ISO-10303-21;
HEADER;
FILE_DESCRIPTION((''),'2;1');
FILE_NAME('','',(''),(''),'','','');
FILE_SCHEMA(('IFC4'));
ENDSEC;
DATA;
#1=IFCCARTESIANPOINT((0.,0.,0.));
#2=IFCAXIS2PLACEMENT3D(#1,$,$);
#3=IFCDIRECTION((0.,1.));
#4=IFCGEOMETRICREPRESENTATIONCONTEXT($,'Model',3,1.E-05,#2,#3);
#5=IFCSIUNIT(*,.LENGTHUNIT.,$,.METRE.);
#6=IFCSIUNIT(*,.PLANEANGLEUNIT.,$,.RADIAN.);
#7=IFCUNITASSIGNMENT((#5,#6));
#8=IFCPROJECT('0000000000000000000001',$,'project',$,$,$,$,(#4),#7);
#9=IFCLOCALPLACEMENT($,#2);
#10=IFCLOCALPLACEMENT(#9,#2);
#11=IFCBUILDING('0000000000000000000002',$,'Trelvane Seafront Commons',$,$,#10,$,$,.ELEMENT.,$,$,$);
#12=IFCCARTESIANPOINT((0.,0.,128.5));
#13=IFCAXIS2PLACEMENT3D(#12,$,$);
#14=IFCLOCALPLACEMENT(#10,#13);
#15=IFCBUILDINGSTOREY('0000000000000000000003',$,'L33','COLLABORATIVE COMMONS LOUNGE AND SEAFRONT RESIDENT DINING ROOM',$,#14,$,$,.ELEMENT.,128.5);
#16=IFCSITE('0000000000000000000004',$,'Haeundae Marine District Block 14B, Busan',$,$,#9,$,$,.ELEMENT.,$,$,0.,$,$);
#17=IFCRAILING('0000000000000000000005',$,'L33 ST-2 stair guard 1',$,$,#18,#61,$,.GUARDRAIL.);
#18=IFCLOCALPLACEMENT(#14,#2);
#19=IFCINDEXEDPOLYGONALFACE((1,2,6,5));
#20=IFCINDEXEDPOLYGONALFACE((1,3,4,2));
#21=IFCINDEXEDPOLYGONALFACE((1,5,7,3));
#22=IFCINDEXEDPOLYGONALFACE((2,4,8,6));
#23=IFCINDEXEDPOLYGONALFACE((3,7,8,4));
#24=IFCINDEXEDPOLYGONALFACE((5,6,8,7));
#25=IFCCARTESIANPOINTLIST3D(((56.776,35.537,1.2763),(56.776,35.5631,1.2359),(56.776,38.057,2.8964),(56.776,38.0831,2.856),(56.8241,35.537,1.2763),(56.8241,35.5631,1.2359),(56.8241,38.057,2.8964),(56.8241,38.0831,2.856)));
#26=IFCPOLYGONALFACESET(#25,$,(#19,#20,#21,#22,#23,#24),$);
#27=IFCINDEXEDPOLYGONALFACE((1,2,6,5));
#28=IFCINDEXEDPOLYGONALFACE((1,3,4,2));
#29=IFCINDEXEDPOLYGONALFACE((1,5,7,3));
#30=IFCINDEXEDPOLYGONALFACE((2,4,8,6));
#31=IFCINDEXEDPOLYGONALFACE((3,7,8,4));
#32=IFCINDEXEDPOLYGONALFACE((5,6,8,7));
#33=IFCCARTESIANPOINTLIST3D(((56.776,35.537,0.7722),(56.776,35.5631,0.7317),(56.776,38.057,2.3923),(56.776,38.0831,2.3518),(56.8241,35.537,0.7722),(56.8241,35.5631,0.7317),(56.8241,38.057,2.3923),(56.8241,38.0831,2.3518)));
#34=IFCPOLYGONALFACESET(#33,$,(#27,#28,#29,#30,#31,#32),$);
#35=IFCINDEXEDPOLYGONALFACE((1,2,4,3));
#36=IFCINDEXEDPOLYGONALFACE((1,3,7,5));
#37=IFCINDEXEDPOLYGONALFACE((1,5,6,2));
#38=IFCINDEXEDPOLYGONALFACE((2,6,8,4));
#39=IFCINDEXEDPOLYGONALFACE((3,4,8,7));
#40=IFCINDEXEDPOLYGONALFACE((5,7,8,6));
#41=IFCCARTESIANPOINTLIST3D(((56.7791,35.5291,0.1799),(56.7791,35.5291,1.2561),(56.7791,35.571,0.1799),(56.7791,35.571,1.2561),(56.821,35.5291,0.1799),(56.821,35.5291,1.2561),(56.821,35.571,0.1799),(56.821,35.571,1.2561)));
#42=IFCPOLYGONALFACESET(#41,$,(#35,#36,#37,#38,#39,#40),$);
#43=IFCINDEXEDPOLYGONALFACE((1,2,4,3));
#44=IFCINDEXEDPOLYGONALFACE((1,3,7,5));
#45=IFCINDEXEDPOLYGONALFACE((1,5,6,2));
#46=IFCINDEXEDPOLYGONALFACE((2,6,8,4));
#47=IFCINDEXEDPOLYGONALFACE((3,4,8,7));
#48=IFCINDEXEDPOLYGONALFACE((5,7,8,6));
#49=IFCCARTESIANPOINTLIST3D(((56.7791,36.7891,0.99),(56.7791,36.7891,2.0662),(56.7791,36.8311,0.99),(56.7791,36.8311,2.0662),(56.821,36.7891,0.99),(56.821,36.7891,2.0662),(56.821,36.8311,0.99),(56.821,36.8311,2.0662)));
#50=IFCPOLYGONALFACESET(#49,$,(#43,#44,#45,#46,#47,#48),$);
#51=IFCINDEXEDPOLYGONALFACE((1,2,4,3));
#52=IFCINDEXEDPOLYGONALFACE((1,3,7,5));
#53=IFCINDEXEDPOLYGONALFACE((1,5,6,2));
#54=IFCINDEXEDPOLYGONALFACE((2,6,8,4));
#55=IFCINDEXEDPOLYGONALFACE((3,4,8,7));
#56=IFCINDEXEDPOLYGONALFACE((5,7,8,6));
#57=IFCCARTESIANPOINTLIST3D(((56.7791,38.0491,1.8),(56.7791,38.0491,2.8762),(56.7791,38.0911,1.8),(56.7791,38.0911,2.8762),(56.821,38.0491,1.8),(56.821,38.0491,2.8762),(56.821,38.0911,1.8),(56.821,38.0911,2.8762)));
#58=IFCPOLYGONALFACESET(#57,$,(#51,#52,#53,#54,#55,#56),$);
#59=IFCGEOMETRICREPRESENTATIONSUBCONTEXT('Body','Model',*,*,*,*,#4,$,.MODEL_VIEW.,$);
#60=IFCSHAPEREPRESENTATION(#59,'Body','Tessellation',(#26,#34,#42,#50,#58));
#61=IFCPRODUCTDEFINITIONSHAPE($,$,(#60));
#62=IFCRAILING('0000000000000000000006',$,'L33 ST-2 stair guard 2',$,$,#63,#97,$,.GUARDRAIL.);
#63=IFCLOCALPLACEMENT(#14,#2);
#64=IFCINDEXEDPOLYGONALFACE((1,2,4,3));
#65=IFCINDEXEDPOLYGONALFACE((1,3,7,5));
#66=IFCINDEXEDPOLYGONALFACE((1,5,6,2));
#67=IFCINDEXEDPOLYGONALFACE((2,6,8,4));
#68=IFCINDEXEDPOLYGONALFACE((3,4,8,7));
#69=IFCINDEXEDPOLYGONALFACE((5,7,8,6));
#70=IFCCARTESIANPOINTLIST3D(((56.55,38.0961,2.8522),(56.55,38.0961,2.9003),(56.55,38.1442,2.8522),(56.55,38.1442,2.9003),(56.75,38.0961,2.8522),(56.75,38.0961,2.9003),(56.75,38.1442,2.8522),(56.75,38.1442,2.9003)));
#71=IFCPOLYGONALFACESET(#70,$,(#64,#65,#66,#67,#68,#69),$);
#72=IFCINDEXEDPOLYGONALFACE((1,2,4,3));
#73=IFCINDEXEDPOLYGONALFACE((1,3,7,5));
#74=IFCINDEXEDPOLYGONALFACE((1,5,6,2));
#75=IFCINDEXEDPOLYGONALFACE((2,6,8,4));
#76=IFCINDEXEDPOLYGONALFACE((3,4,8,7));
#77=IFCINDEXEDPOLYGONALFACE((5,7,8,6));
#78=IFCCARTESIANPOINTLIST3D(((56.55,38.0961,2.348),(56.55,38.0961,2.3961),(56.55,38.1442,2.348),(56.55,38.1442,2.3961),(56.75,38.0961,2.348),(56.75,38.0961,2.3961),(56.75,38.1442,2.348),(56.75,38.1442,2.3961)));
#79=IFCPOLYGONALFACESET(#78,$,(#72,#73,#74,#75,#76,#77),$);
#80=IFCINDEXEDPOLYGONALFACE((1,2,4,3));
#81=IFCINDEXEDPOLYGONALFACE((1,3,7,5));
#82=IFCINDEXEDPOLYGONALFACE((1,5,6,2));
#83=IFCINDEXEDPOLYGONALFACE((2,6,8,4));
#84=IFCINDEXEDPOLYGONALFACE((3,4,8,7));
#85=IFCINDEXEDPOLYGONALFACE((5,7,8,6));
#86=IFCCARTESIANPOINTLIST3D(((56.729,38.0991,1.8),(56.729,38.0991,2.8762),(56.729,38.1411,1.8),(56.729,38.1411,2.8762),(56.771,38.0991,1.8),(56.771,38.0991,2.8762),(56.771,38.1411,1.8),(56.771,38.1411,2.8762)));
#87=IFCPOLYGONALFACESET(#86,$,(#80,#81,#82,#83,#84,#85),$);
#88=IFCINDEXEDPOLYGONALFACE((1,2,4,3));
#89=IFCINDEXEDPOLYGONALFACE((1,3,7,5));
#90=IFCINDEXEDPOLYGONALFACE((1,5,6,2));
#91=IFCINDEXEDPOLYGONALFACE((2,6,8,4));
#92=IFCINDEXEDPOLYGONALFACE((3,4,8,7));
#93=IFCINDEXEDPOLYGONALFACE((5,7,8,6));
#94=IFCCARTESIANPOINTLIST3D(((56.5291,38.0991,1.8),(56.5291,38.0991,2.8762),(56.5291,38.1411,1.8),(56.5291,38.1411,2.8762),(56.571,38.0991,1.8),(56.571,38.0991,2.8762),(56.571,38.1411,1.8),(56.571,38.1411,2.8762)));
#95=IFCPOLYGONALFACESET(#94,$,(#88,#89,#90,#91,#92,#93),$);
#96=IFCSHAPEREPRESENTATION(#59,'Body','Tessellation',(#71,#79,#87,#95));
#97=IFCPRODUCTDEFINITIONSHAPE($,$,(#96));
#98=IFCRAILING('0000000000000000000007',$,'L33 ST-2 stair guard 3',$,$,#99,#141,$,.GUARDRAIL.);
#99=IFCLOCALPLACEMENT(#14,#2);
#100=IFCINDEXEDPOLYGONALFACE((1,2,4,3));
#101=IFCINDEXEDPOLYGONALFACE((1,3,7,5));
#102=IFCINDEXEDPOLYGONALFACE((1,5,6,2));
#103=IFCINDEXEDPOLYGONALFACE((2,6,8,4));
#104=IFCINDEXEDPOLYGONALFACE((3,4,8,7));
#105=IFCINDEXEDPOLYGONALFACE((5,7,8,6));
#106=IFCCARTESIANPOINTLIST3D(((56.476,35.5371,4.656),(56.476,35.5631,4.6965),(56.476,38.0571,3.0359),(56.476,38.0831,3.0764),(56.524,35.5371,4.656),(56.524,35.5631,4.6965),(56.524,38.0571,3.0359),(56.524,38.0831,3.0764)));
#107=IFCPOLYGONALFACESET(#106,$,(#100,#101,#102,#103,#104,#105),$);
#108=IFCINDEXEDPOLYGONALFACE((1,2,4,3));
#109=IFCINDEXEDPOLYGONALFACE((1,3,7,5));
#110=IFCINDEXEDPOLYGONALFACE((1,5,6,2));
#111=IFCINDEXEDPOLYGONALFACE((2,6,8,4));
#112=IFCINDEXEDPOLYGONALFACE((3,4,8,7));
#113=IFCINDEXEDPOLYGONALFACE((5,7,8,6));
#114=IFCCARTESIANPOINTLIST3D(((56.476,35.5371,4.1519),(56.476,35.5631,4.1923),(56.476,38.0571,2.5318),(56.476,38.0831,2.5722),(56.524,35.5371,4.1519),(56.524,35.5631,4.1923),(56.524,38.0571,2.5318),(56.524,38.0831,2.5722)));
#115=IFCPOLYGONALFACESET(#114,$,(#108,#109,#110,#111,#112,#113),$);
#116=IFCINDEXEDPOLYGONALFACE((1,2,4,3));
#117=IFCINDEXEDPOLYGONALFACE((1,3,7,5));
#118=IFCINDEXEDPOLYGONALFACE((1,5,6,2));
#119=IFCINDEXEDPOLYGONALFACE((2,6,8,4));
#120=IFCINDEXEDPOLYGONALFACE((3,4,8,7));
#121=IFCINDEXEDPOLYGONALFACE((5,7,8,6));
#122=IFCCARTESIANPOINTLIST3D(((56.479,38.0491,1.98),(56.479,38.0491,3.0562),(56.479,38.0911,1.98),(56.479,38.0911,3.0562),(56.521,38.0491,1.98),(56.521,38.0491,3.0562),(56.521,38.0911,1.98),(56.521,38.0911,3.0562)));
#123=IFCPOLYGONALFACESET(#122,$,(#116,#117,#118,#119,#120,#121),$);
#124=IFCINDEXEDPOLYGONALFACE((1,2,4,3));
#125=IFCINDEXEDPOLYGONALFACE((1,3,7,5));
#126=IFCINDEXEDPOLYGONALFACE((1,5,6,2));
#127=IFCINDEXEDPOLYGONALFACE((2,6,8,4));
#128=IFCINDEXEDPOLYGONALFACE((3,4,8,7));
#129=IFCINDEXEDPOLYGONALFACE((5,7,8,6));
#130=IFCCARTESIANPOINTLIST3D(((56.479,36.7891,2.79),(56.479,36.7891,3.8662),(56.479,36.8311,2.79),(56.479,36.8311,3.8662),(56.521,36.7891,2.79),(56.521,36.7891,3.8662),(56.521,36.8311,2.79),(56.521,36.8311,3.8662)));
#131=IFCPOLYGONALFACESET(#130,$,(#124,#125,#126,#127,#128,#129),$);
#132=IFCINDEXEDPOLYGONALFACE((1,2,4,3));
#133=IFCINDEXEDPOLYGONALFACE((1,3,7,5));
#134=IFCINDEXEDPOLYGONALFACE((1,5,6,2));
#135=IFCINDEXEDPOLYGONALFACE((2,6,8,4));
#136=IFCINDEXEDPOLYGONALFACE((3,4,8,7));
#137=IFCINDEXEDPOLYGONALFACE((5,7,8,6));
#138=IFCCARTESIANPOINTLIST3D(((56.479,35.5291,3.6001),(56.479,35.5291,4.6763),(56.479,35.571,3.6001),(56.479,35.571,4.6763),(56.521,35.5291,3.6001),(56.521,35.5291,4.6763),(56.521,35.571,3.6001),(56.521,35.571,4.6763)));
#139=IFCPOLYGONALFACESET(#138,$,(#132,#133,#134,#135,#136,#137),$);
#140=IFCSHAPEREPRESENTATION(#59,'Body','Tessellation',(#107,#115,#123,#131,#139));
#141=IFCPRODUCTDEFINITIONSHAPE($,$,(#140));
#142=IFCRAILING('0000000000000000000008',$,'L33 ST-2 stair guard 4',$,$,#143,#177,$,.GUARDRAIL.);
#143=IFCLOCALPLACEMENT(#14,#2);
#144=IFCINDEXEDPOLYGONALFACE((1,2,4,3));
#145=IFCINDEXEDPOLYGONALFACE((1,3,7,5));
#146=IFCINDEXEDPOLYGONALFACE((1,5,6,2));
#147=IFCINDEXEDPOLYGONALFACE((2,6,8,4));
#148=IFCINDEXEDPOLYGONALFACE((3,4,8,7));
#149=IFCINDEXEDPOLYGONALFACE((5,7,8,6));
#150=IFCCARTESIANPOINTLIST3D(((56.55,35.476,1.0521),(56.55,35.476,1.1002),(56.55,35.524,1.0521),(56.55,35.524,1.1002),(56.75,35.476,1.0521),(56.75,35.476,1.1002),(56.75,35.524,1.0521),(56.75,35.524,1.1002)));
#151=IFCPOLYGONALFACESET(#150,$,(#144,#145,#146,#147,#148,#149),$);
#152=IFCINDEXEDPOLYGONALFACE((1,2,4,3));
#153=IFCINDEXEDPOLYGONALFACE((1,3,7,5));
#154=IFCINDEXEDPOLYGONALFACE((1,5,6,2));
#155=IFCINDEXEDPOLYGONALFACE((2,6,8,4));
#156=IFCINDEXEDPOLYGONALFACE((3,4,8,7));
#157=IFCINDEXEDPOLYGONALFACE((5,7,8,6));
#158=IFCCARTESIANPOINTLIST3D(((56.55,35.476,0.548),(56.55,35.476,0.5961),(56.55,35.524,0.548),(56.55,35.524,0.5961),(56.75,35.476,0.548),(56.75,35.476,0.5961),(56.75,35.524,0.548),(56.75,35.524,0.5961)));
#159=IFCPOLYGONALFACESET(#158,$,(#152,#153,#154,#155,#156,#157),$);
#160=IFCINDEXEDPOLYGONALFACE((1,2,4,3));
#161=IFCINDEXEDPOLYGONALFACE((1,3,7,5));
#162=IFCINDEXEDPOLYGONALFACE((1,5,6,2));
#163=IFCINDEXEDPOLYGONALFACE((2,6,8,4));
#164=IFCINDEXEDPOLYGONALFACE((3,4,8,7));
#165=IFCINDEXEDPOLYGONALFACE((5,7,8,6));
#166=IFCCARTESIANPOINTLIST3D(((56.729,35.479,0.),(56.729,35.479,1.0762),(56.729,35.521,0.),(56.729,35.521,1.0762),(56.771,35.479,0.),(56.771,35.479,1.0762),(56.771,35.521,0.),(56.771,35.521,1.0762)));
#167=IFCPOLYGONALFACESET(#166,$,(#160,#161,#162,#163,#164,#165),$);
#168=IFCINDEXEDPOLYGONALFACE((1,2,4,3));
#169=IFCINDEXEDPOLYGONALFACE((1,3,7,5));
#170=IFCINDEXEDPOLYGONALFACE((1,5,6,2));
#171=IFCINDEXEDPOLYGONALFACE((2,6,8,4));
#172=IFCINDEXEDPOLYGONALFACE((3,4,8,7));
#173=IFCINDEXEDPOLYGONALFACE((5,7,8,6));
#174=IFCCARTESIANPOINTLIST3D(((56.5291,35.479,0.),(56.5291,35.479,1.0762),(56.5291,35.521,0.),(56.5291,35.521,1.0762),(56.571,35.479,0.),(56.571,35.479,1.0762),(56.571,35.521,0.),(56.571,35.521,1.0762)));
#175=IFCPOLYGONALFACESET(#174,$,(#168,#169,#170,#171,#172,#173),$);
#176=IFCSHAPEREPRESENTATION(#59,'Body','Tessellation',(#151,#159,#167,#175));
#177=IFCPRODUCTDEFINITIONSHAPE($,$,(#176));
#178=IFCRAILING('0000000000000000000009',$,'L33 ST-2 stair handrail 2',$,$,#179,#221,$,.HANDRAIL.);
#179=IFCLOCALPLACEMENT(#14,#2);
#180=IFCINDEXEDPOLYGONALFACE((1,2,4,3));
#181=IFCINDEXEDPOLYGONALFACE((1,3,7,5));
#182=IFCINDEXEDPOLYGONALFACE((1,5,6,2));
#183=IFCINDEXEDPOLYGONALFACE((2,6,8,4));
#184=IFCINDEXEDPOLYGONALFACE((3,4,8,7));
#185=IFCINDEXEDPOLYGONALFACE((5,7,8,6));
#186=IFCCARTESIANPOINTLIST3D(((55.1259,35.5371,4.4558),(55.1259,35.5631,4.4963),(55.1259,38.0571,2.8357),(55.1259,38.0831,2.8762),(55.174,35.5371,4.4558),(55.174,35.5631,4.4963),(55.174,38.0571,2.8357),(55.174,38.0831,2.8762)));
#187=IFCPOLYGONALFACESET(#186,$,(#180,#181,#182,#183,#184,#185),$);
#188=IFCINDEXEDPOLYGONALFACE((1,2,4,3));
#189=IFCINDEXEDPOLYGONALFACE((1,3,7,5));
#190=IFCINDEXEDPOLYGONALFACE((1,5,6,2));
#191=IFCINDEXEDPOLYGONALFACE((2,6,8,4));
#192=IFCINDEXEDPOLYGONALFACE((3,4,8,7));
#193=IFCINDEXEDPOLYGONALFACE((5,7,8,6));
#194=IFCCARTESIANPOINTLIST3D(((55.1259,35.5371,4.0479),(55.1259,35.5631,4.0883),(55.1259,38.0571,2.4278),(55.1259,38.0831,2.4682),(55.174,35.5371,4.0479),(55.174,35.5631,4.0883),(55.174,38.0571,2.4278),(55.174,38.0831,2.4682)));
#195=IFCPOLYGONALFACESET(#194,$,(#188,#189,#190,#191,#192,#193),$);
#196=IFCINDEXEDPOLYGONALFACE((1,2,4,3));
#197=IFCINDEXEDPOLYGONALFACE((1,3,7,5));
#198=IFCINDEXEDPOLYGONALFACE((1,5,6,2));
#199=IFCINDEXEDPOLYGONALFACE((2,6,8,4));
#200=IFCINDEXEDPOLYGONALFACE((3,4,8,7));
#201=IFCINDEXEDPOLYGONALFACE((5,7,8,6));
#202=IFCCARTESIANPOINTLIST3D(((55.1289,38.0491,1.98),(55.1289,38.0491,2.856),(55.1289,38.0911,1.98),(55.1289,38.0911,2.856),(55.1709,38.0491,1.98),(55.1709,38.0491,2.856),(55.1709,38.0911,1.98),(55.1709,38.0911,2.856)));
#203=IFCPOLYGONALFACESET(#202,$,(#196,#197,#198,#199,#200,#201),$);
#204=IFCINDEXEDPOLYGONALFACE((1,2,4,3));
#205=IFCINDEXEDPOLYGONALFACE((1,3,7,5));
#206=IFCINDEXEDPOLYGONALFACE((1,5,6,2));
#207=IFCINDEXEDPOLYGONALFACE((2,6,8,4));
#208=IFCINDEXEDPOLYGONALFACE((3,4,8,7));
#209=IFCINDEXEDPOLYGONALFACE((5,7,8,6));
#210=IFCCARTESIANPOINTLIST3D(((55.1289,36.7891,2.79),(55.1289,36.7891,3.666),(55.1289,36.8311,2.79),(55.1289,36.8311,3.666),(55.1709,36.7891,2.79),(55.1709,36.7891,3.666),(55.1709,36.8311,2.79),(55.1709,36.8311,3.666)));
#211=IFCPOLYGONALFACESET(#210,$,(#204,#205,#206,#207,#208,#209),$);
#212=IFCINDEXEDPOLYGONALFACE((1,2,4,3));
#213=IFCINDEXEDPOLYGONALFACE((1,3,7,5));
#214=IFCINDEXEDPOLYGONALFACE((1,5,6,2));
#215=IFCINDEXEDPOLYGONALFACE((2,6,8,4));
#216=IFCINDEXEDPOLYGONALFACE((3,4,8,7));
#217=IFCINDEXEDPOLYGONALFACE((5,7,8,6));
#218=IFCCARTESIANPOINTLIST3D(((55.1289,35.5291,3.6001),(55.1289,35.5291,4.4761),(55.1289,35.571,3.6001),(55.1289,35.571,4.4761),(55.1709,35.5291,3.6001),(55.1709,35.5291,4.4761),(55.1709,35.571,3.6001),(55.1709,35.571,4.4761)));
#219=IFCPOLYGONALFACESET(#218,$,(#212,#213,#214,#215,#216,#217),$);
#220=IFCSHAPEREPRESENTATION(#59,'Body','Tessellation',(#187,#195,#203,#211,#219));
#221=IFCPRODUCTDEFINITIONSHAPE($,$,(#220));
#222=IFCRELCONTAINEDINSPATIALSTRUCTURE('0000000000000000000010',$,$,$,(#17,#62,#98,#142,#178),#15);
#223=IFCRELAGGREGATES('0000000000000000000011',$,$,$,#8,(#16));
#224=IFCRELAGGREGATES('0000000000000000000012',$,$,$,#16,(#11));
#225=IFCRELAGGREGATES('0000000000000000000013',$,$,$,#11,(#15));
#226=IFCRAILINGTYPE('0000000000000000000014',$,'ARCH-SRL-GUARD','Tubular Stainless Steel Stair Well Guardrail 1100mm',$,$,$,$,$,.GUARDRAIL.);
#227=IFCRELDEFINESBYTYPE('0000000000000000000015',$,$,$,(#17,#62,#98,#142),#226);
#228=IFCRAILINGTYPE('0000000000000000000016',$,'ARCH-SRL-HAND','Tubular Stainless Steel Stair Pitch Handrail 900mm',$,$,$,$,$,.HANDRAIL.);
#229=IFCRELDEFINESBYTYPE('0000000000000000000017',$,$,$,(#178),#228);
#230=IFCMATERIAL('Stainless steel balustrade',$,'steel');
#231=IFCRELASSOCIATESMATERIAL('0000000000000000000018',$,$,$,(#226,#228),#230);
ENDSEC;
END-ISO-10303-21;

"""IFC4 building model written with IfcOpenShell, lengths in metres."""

from ifc_helpers import new_model, si_unit, direction, frame, origin, origin_2d, place, context, subcontext, project, spatial, rectangle, extrude, material, type_object, element, save


model = new_model("IFC4")

# Units and contexts
model_context = context("Model", 3, precision=1e-05, world=origin(), true_north=direction((0.0, 1.0)))
body_context = subcontext(model_context, "Body", "Model", "MODEL_VIEW")
ifc_project = project(units=[si_unit("LENGTHUNIT", "METRE"), si_unit("PLANEANGLEUNIT", "RADIAN")], contexts=[model_context])

# Site, building, storey
site_placement = place(None, origin())
site = spatial("IfcSite", under=ifc_project, at=site_placement, Name="Haeundae Marine District Block 14B, Busan", CompositionType="ELEMENT", RefElevation=0.0)
building_placement = place(site_placement, origin())
building = spatial("IfcBuilding", under=site, at=building_placement, Name="Trelvane Seafront Commons", CompositionType="ELEMENT")
storey_placement = place(building_placement, frame((0.0, 0.0, 128.5)))
storey = spatial("IfcBuildingStorey", under=building, at=storey_placement, Name="L33", Description="COLLABORATIVE COMMONS LOUNGE AND SEAFRONT RESIDENT DINING ROOM", CompositionType="ELEMENT", Elevation=128.5)

# Railings
ifc_material_1 = material(Name="Stainless steel balustrade", Category="steel")
railing_type_1 = type_object("IfcRailingType", Name="ARCH-SRL-GUARD", Description="Tubular Stainless Steel Stair Well Guardrail 1100mm", PredefinedType="GUARDRAIL", material=ifc_material_1)
railing_1_placement = place(storey_placement, frame((56.8, 35.55, 0.1799)))
element("IfcRailing", 1, at=railing_1_placement, inside=storey, type_object=railing_type_1, Name="L33 ST-2 stair guard 1", PredefinedType="GUARDRAIL", context=body_context, shape_type="SweptSolid", body=[
    extrude(rectangle(XDim=0.0481, YDim=0.0481, at=origin_2d()), frame((0.0, 0.0, 1.0762), z_axis=(0.0, 0.841163, 0.540782), x_axis=(-1.0, 0.0, 0.0)), (0.0, 0.0, 1.0), 2.9958),
    extrude(rectangle(XDim=0.0481, YDim=0.0481, at=origin_2d()), frame((0.0, 0.0, 0.572), z_axis=(0.0, 0.841163, 0.540782), x_axis=(-1.0, 0.0, 0.0)), (0.0, 0.0, 1.0), 2.9958),
    extrude(rectangle(XDim=0.042, YDim=0.042, at=origin_2d()), origin(), (0.0, 0.0, 1.0), 1.0762),
    extrude(rectangle(XDim=0.042, YDim=0.042, at=origin_2d()), frame((0.0, 1.26, 0.8101)), (0.0, 0.0, 1.0), 1.0762),
    extrude(rectangle(XDim=0.042, YDim=0.042, at=origin_2d()), frame((0.0, 2.52, 1.6201)), (0.0, 0.0, 1.0), 1.0762),
])
railing_2_placement = place(storey_placement, frame((56.75, 38.1201, 1.8)))
element("IfcRailing", 2, at=railing_2_placement, inside=storey, type_object=railing_type_1, Name="L33 ST-2 stair guard 2", PredefinedType="GUARDRAIL", context=body_context, shape_type="SweptSolid", body=[
    extrude(rectangle(XDim=0.0481, YDim=0.0481, at=origin_2d()), frame((0.0, 0.0, 1.0762), z_axis=(-1.0, 0.0, 0.0), x_axis=(0.0, -1.0, 0.0)), (0.0, 0.0, 1.0), 0.2),
    extrude(rectangle(XDim=0.0481, YDim=0.0481, at=origin_2d()), frame((0.0, 0.0, 0.572), z_axis=(-1.0, 0.0, 0.0), x_axis=(0.0, -1.0, 0.0)), (0.0, 0.0, 1.0), 0.2),
    extrude(rectangle(XDim=0.042, YDim=0.042, at=origin_2d()), origin(), (0.0, 0.0, 1.0), 1.0762),
    extrude(rectangle(XDim=0.042, YDim=0.042, at=origin_2d()), frame((-0.2, 0.0, 0.0)), (0.0, 0.0, 1.0), 1.0762),
])
railing_3_placement = place(storey_placement, frame((56.5, 38.0701, 1.98)))
element("IfcRailing", 3, at=railing_3_placement, inside=storey, type_object=railing_type_1, Name="L33 ST-2 stair guard 3", PredefinedType="GUARDRAIL", context=body_context, shape_type="SweptSolid", body=[
    extrude(rectangle(XDim=0.0481, YDim=0.0481, at=origin_2d()), frame((0.0, 0.0, 1.0762), z_axis=(0.0, -0.841163, 0.540782), x_axis=(1.0, 0.0, 0.0)), (0.0, 0.0, 1.0), 2.9958),
    extrude(rectangle(XDim=0.0481, YDim=0.0481, at=origin_2d()), frame((0.0, 0.0, 0.572), z_axis=(0.0, -0.841163, 0.540782), x_axis=(1.0, 0.0, 0.0)), (0.0, 0.0, 1.0), 2.9958),
    extrude(rectangle(XDim=0.042, YDim=0.042, at=origin_2d()), origin(), (0.0, 0.0, 1.0), 1.0762),
    extrude(rectangle(XDim=0.042, YDim=0.042, at=origin_2d()), frame((0.0, -1.26, 0.8101)), (0.0, 0.0, 1.0), 1.0762),
    extrude(rectangle(XDim=0.042, YDim=0.042, at=origin_2d()), frame((0.0, -2.52, 1.6201)), (0.0, 0.0, 1.0), 1.0762),
])
railing_4_placement = place(storey_placement, frame((56.75, 35.5, 0.0)))
element("IfcRailing", 4, at=railing_4_placement, inside=storey, type_object=railing_type_1, Name="L33 ST-2 stair guard 4", PredefinedType="GUARDRAIL", context=body_context, shape_type="SweptSolid", body=[
    extrude(rectangle(XDim=0.0481, YDim=0.0481, at=origin_2d()), frame((0.0, 0.0, 1.0762), z_axis=(-1.0, 0.0, 0.0), x_axis=(0.0, -1.0, 0.0)), (0.0, 0.0, 1.0), 0.2),
    extrude(rectangle(XDim=0.0481, YDim=0.0481, at=origin_2d()), frame((0.0, 0.0, 0.572), z_axis=(-1.0, 0.0, 0.0), x_axis=(0.0, -1.0, 0.0)), (0.0, 0.0, 1.0), 0.2),
    extrude(rectangle(XDim=0.042, YDim=0.042, at=origin_2d()), origin(), (0.0, 0.0, 1.0), 1.0762),
    extrude(rectangle(XDim=0.042, YDim=0.042, at=origin_2d()), frame((-0.2, 0.0, 0.0)), (0.0, 0.0, 1.0), 1.0762),
])
railing_type_2 = type_object("IfcRailingType", Name="ARCH-SRL-HAND", Description="Tubular Stainless Steel Stair Pitch Handrail 900mm", PredefinedType="HANDRAIL", material=ifc_material_1)
railing_5_placement = place(storey_placement, frame((55.1499, 38.0701, 1.98)))
element("IfcRailing", 5, at=railing_5_placement, inside=storey, type_object=railing_type_2, Name="L33 ST-2 stair handrail 2", PredefinedType="HANDRAIL", context=body_context, shape_type="SweptSolid", body=[
    extrude(rectangle(XDim=0.0481, YDim=0.0481, at=origin_2d()), frame((0.0, 0.0, 0.876), z_axis=(0.0, -0.841163, 0.540782), x_axis=(1.0, 0.0, 0.0)), (0.0, 0.0, 1.0), 2.9958),
    extrude(rectangle(XDim=0.0481, YDim=0.0481, at=origin_2d()), frame((0.0, 0.0, 0.468), z_axis=(0.0, -0.841163, 0.540782), x_axis=(1.0, 0.0, 0.0)), (0.0, 0.0, 1.0), 2.9958),
    extrude(rectangle(XDim=0.042, YDim=0.042, at=origin_2d()), origin(), (0.0, 0.0, 1.0), 0.876),
    extrude(rectangle(XDim=0.042, YDim=0.042, at=origin_2d()), frame((0.0, -1.26, 0.8101)), (0.0, 0.0, 1.0), 0.876),
    extrude(rectangle(XDim=0.042, YDim=0.042, at=origin_2d()), frame((0.0, -2.52, 1.6201)), (0.0, 0.0, 1.0), 0.876),
])

save(model, "model.ifc")
